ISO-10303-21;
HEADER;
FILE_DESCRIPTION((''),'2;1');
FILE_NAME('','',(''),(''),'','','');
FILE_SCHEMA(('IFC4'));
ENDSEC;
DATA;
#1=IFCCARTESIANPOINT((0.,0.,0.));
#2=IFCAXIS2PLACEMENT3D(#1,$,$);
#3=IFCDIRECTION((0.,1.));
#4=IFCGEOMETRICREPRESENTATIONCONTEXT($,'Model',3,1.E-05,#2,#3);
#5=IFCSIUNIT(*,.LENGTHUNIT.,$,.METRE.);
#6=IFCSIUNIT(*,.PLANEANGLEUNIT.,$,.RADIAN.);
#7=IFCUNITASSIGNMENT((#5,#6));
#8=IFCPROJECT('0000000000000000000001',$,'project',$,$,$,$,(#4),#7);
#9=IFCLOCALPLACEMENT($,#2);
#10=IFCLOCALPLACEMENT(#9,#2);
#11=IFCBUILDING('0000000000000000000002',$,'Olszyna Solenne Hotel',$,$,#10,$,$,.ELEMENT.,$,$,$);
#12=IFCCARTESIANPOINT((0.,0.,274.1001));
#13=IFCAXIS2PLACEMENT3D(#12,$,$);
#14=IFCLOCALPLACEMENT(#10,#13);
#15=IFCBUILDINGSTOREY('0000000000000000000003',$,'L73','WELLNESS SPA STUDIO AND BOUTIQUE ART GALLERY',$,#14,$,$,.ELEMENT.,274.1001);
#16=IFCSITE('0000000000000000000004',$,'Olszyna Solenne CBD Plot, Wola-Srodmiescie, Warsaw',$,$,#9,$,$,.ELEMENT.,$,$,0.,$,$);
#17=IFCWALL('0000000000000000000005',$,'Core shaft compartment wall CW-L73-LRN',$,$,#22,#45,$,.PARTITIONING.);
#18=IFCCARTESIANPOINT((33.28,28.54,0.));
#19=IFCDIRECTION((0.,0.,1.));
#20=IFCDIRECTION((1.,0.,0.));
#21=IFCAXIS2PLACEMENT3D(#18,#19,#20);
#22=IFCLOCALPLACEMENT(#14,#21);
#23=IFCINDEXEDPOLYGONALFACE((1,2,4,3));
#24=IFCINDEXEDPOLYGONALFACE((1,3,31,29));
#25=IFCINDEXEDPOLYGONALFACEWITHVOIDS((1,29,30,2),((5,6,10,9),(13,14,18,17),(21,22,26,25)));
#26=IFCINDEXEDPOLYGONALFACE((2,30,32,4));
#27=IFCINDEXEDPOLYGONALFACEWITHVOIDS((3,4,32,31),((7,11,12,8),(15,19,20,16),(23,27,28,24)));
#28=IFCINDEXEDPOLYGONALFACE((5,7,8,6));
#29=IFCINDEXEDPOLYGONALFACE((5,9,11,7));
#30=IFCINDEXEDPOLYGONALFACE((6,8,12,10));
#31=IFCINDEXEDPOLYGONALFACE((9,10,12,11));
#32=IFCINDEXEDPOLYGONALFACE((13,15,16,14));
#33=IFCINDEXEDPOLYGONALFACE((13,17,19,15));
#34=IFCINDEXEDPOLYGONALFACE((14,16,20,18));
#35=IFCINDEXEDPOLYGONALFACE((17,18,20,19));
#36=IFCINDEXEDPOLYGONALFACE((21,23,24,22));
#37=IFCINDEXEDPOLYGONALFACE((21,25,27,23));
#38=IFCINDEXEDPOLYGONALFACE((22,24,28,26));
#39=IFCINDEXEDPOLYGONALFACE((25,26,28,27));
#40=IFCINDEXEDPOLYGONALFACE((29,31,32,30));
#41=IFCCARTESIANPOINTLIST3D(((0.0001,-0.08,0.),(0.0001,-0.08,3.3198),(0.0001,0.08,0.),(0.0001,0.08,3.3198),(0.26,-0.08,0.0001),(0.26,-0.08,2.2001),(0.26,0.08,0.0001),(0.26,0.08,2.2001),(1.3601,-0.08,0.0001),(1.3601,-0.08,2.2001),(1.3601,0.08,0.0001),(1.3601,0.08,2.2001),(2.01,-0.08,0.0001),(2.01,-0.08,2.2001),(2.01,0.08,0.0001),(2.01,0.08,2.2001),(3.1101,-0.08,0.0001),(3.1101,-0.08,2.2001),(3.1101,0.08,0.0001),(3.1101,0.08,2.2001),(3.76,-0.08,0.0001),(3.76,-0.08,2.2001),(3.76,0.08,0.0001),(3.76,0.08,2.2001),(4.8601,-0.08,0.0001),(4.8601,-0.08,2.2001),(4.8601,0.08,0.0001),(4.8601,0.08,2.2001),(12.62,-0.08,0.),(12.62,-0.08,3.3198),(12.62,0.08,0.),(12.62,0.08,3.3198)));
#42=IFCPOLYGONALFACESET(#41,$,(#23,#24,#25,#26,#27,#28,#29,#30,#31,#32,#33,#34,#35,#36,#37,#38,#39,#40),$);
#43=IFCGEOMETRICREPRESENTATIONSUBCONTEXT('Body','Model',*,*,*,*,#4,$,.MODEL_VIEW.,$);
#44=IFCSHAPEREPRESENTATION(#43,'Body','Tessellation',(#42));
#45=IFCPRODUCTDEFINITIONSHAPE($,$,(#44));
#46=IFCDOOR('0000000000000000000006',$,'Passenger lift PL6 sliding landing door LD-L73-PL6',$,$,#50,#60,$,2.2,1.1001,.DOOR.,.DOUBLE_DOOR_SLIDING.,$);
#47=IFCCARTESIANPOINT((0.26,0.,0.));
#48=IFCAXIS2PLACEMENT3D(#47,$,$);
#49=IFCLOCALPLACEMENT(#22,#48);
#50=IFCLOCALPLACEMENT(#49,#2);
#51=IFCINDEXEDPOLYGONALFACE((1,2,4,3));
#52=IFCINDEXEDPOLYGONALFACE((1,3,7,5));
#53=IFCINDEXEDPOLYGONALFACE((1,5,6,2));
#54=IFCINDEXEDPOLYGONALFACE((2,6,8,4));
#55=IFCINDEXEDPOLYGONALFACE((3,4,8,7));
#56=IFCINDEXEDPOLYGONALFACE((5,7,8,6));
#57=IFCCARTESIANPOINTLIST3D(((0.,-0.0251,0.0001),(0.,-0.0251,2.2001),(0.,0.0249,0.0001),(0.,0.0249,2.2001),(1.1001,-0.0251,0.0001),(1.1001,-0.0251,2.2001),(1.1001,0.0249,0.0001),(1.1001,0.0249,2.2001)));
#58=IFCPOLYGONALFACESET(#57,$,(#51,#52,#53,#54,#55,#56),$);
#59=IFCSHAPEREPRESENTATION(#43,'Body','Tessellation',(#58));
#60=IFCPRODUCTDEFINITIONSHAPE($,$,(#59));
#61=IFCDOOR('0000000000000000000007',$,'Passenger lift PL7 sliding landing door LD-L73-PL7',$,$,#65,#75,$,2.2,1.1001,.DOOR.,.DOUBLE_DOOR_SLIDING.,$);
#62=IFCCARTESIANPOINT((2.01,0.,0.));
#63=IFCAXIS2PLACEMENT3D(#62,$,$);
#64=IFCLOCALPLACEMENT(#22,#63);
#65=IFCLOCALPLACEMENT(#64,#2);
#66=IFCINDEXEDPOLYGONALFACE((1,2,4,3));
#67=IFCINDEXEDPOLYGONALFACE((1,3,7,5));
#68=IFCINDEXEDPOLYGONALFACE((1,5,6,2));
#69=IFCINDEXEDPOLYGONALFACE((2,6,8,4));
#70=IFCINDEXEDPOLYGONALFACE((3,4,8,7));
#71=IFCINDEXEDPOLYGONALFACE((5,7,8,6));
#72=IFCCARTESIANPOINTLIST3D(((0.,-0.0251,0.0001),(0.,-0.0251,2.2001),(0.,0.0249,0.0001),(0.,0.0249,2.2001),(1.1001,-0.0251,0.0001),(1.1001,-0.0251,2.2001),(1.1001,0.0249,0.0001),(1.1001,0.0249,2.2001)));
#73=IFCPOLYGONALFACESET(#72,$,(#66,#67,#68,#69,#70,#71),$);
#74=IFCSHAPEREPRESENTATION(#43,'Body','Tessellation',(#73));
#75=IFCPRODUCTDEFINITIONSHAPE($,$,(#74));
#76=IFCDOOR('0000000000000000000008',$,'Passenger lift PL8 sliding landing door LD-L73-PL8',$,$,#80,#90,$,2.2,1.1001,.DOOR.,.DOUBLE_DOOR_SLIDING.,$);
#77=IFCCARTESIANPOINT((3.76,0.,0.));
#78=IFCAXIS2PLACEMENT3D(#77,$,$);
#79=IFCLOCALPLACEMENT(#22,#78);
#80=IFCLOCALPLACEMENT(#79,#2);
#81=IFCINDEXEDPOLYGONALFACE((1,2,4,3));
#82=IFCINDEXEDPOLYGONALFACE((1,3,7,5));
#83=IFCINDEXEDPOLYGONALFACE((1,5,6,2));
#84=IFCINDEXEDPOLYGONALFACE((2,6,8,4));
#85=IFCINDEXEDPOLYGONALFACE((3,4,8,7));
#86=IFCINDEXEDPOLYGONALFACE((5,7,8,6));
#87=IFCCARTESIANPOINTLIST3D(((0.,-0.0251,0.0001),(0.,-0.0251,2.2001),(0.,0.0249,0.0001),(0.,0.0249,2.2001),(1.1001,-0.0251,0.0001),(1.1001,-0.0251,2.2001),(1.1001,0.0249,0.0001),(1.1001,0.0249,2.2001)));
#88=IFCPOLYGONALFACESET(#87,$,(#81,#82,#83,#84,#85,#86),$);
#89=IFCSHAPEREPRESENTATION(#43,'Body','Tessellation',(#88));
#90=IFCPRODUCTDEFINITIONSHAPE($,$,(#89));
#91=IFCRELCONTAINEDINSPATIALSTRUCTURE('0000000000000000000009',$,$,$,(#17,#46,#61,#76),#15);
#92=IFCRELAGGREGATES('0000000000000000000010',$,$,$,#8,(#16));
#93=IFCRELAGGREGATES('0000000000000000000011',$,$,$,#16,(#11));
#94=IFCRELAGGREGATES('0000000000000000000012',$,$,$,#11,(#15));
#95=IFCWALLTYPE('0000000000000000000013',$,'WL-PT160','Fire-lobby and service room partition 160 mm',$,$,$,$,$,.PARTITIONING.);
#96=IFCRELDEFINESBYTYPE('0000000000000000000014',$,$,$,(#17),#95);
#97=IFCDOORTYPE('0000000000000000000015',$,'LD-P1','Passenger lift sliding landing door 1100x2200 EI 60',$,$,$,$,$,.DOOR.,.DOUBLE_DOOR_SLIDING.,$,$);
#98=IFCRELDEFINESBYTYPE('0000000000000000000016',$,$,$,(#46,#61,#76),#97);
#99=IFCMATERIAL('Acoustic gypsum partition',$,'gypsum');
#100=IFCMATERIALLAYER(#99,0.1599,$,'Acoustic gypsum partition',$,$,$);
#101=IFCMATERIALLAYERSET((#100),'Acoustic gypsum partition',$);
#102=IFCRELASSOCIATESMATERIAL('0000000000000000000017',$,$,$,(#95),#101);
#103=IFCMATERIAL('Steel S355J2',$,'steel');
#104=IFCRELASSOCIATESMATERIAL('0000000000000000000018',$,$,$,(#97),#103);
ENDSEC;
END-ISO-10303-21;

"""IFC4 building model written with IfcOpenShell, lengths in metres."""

from ifc_helpers import new_model, si_unit, direction, frame, frame_2d, origin, place, context, subcontext, project, spatial, rectangle, extrude, source, transform, mapped, material, layer, layer_set, type_object, type_shapes, element, fill, save


model = new_model("IFC4")

# Units and contexts
model_context = context("Model", 3, precision=1e-05, world=origin(), true_north=direction((0.0, 1.0)))
body_context = subcontext(model_context, "Body", "Model", "MODEL_VIEW")
ifc_project = project(units=[si_unit("LENGTHUNIT", "METRE"), si_unit("PLANEANGLEUNIT", "RADIAN")], contexts=[model_context])

# Site, building, storey
site_placement = place(None, origin())
site = spatial("IfcSite", under=ifc_project, at=site_placement, Name="Olszyna Solenne CBD Plot, Wola-Srodmiescie, Warsaw", CompositionType="ELEMENT", RefElevation=0.0)
building_placement = place(site_placement, origin())
building = spatial("IfcBuilding", under=site, at=building_placement, Name="Olszyna Solenne Hotel", CompositionType="ELEMENT")
storey_placement = place(building_placement, frame((0.0, 0.0, 274.1001)))
storey = spatial("IfcBuildingStorey", under=building, at=storey_placement, Name="L73", Description="WELLNESS SPA STUDIO AND BOUTIQUE ART GALLERY", CompositionType="ELEMENT", Elevation=274.1001)

# Shared definitions
ifc_material_1 = material(Name="Steel S355J2", Category="steel")

# Shared definitions
ifc_material_2 = material(Name="Acoustic gypsum partition", Category="gypsum")
ifc_layer_1 = layer(ifc_material_2, 0.1599, Name="Acoustic gypsum partition")
ifc_layer_set_1 = layer_set([ifc_layer_1], Name="Acoustic gypsum partition")
wall_type_1 = type_object("IfcWallType", Name="WL-PT160", Description="Fire-lobby and service room partition 160 mm", PredefinedType="PARTITIONING", material=ifc_layer_set_1)

# Wall, openings, doors
door_type_1 = type_object("IfcDoorType", Name="LD-P1", Description="Passenger lift sliding landing door 1100x2200 EI 60", OperationType="DOUBLE_DOOR_SLIDING", PredefinedType="DOOR", material=ifc_material_1)
shared_shape_1 = source(origin(), body_context, "Body", "SweptSolid", [
    extrude(rectangle(XDim=1.1001, YDim=2.2, at=frame_2d((0.55, 1.1001))), frame((0.0, 0.0249, 0.0), z_axis=(0.0, -1.0, 0.0), x_axis=(1.0, 0.0, 0.0)), (0.0, 0.0, 1.0), 0.05),
])
type_shapes(door_type_1, [shared_shape_1])
wall_1_placement = place(storey_placement, frame((33.28, 28.54, 0.0), z_axis=(0.0, 0.0, 1.0), x_axis=(1.0, 0.0, 0.0)))
wall_1 = element("IfcWall", 1, at=wall_1_placement, inside=storey, type_object=wall_type_1, Name="Core shaft compartment wall CW-L73-LRN", PredefinedType="PARTITIONING", context=body_context, shape_type="SweptSolid", body=[
    extrude(rectangle(XDim=12.6199, YDim=0.1599, at=frame_2d((6.3101, 0.0))), origin(), (0.0, 0.0, 1.0), 3.3198),
])
opening_1_placement = place(wall_1_placement, frame((0.26, 0.0, 0.0)))
opening_1 = element("IfcOpeningElement", 2, at=opening_1_placement, cuts=wall_1, PredefinedType="OPENING", context=body_context, shape_type="SweptSolid", body=[
    extrude(rectangle(XDim=1.1001, YDim=2.2, at=frame_2d((0.55, 1.1001))), frame((0.0, 0.0898, 0.0), z_axis=(0.0, -1.0, 0.0), x_axis=(1.0, 0.0, 0.0)), (0.0, 0.0, 1.0), 0.1799),
])
opening_2_placement = place(wall_1_placement, frame((2.01, 0.0, 0.0)))
opening_2 = element("IfcOpeningElement", 3, at=opening_2_placement, cuts=wall_1, PredefinedType="OPENING", context=body_context, shape_type="SweptSolid", body=[
    extrude(rectangle(XDim=1.1001, YDim=2.2, at=frame_2d((0.55, 1.1001))), frame((0.0, 0.0898, 0.0), z_axis=(0.0, -1.0, 0.0), x_axis=(1.0, 0.0, 0.0)), (0.0, 0.0, 1.0), 0.1799),
])
opening_3_placement = place(wall_1_placement, frame((3.76, 0.0, 0.0)))
opening_3 = element("IfcOpeningElement", 4, at=opening_3_placement, cuts=wall_1, PredefinedType="OPENING", context=body_context, shape_type="SweptSolid", body=[
    extrude(rectangle(XDim=1.1001, YDim=2.2, at=frame_2d((0.55, 1.1001))), frame((0.0, 0.0898, 0.0), z_axis=(0.0, -1.0, 0.0), x_axis=(1.0, 0.0, 0.0)), (0.0, 0.0, 1.0), 0.1799),
])
door_1_placement = place(opening_1_placement, origin())
door_1 = element("IfcDoor", 5, at=door_1_placement, inside=storey, type_object=door_type_1, Name="Passenger lift PL6 sliding landing door LD-L73-PL6", OperationType="DOUBLE_DOOR_SLIDING", OverallHeight=2.2, OverallWidth=1.1001, PredefinedType="DOOR", context=body_context, shape_type="MappedRepresentation", body=[
    mapped(shared_shape_1, transform((0.0, 0.0, 0.0), x_axis=(1.0, 0.0, 0.0), y_axis=(0.0, 1.0, 0.0), z_axis=(0.0, 0.0, 1.0), scale=1.0)),
])
fill(opening_1, door_1)
door_2_placement = place(opening_2_placement, origin())
door_2 = element("IfcDoor", 6, at=door_2_placement, inside=storey, type_object=door_type_1, Name="Passenger lift PL7 sliding landing door LD-L73-PL7", OperationType="DOUBLE_DOOR_SLIDING", OverallHeight=2.2, OverallWidth=1.1001, PredefinedType="DOOR", context=body_context, shape_type="MappedRepresentation", body=[
    mapped(shared_shape_1, transform((0.0, 0.0, 0.0), x_axis=(1.0, 0.0, 0.0), y_axis=(0.0, 1.0, 0.0), z_axis=(0.0, 0.0, 1.0), scale=1.0)),
])
fill(opening_2, door_2)
door_3_placement = place(opening_3_placement, origin())
door_3 = element("IfcDoor", 7, at=door_3_placement, inside=storey, type_object=door_type_1, Name="Passenger lift PL8 sliding landing door LD-L73-PL8", OperationType="DOUBLE_DOOR_SLIDING", OverallHeight=2.2, OverallWidth=1.1001, PredefinedType="DOOR", context=body_context, shape_type="MappedRepresentation", body=[
    mapped(shared_shape_1, transform((0.0, 0.0, 0.0), x_axis=(1.0, 0.0, 0.0), y_axis=(0.0, 1.0, 0.0), z_axis=(0.0, 0.0, 1.0), scale=1.0)),
])
fill(opening_3, door_3)

save(model, "model.ifc")
